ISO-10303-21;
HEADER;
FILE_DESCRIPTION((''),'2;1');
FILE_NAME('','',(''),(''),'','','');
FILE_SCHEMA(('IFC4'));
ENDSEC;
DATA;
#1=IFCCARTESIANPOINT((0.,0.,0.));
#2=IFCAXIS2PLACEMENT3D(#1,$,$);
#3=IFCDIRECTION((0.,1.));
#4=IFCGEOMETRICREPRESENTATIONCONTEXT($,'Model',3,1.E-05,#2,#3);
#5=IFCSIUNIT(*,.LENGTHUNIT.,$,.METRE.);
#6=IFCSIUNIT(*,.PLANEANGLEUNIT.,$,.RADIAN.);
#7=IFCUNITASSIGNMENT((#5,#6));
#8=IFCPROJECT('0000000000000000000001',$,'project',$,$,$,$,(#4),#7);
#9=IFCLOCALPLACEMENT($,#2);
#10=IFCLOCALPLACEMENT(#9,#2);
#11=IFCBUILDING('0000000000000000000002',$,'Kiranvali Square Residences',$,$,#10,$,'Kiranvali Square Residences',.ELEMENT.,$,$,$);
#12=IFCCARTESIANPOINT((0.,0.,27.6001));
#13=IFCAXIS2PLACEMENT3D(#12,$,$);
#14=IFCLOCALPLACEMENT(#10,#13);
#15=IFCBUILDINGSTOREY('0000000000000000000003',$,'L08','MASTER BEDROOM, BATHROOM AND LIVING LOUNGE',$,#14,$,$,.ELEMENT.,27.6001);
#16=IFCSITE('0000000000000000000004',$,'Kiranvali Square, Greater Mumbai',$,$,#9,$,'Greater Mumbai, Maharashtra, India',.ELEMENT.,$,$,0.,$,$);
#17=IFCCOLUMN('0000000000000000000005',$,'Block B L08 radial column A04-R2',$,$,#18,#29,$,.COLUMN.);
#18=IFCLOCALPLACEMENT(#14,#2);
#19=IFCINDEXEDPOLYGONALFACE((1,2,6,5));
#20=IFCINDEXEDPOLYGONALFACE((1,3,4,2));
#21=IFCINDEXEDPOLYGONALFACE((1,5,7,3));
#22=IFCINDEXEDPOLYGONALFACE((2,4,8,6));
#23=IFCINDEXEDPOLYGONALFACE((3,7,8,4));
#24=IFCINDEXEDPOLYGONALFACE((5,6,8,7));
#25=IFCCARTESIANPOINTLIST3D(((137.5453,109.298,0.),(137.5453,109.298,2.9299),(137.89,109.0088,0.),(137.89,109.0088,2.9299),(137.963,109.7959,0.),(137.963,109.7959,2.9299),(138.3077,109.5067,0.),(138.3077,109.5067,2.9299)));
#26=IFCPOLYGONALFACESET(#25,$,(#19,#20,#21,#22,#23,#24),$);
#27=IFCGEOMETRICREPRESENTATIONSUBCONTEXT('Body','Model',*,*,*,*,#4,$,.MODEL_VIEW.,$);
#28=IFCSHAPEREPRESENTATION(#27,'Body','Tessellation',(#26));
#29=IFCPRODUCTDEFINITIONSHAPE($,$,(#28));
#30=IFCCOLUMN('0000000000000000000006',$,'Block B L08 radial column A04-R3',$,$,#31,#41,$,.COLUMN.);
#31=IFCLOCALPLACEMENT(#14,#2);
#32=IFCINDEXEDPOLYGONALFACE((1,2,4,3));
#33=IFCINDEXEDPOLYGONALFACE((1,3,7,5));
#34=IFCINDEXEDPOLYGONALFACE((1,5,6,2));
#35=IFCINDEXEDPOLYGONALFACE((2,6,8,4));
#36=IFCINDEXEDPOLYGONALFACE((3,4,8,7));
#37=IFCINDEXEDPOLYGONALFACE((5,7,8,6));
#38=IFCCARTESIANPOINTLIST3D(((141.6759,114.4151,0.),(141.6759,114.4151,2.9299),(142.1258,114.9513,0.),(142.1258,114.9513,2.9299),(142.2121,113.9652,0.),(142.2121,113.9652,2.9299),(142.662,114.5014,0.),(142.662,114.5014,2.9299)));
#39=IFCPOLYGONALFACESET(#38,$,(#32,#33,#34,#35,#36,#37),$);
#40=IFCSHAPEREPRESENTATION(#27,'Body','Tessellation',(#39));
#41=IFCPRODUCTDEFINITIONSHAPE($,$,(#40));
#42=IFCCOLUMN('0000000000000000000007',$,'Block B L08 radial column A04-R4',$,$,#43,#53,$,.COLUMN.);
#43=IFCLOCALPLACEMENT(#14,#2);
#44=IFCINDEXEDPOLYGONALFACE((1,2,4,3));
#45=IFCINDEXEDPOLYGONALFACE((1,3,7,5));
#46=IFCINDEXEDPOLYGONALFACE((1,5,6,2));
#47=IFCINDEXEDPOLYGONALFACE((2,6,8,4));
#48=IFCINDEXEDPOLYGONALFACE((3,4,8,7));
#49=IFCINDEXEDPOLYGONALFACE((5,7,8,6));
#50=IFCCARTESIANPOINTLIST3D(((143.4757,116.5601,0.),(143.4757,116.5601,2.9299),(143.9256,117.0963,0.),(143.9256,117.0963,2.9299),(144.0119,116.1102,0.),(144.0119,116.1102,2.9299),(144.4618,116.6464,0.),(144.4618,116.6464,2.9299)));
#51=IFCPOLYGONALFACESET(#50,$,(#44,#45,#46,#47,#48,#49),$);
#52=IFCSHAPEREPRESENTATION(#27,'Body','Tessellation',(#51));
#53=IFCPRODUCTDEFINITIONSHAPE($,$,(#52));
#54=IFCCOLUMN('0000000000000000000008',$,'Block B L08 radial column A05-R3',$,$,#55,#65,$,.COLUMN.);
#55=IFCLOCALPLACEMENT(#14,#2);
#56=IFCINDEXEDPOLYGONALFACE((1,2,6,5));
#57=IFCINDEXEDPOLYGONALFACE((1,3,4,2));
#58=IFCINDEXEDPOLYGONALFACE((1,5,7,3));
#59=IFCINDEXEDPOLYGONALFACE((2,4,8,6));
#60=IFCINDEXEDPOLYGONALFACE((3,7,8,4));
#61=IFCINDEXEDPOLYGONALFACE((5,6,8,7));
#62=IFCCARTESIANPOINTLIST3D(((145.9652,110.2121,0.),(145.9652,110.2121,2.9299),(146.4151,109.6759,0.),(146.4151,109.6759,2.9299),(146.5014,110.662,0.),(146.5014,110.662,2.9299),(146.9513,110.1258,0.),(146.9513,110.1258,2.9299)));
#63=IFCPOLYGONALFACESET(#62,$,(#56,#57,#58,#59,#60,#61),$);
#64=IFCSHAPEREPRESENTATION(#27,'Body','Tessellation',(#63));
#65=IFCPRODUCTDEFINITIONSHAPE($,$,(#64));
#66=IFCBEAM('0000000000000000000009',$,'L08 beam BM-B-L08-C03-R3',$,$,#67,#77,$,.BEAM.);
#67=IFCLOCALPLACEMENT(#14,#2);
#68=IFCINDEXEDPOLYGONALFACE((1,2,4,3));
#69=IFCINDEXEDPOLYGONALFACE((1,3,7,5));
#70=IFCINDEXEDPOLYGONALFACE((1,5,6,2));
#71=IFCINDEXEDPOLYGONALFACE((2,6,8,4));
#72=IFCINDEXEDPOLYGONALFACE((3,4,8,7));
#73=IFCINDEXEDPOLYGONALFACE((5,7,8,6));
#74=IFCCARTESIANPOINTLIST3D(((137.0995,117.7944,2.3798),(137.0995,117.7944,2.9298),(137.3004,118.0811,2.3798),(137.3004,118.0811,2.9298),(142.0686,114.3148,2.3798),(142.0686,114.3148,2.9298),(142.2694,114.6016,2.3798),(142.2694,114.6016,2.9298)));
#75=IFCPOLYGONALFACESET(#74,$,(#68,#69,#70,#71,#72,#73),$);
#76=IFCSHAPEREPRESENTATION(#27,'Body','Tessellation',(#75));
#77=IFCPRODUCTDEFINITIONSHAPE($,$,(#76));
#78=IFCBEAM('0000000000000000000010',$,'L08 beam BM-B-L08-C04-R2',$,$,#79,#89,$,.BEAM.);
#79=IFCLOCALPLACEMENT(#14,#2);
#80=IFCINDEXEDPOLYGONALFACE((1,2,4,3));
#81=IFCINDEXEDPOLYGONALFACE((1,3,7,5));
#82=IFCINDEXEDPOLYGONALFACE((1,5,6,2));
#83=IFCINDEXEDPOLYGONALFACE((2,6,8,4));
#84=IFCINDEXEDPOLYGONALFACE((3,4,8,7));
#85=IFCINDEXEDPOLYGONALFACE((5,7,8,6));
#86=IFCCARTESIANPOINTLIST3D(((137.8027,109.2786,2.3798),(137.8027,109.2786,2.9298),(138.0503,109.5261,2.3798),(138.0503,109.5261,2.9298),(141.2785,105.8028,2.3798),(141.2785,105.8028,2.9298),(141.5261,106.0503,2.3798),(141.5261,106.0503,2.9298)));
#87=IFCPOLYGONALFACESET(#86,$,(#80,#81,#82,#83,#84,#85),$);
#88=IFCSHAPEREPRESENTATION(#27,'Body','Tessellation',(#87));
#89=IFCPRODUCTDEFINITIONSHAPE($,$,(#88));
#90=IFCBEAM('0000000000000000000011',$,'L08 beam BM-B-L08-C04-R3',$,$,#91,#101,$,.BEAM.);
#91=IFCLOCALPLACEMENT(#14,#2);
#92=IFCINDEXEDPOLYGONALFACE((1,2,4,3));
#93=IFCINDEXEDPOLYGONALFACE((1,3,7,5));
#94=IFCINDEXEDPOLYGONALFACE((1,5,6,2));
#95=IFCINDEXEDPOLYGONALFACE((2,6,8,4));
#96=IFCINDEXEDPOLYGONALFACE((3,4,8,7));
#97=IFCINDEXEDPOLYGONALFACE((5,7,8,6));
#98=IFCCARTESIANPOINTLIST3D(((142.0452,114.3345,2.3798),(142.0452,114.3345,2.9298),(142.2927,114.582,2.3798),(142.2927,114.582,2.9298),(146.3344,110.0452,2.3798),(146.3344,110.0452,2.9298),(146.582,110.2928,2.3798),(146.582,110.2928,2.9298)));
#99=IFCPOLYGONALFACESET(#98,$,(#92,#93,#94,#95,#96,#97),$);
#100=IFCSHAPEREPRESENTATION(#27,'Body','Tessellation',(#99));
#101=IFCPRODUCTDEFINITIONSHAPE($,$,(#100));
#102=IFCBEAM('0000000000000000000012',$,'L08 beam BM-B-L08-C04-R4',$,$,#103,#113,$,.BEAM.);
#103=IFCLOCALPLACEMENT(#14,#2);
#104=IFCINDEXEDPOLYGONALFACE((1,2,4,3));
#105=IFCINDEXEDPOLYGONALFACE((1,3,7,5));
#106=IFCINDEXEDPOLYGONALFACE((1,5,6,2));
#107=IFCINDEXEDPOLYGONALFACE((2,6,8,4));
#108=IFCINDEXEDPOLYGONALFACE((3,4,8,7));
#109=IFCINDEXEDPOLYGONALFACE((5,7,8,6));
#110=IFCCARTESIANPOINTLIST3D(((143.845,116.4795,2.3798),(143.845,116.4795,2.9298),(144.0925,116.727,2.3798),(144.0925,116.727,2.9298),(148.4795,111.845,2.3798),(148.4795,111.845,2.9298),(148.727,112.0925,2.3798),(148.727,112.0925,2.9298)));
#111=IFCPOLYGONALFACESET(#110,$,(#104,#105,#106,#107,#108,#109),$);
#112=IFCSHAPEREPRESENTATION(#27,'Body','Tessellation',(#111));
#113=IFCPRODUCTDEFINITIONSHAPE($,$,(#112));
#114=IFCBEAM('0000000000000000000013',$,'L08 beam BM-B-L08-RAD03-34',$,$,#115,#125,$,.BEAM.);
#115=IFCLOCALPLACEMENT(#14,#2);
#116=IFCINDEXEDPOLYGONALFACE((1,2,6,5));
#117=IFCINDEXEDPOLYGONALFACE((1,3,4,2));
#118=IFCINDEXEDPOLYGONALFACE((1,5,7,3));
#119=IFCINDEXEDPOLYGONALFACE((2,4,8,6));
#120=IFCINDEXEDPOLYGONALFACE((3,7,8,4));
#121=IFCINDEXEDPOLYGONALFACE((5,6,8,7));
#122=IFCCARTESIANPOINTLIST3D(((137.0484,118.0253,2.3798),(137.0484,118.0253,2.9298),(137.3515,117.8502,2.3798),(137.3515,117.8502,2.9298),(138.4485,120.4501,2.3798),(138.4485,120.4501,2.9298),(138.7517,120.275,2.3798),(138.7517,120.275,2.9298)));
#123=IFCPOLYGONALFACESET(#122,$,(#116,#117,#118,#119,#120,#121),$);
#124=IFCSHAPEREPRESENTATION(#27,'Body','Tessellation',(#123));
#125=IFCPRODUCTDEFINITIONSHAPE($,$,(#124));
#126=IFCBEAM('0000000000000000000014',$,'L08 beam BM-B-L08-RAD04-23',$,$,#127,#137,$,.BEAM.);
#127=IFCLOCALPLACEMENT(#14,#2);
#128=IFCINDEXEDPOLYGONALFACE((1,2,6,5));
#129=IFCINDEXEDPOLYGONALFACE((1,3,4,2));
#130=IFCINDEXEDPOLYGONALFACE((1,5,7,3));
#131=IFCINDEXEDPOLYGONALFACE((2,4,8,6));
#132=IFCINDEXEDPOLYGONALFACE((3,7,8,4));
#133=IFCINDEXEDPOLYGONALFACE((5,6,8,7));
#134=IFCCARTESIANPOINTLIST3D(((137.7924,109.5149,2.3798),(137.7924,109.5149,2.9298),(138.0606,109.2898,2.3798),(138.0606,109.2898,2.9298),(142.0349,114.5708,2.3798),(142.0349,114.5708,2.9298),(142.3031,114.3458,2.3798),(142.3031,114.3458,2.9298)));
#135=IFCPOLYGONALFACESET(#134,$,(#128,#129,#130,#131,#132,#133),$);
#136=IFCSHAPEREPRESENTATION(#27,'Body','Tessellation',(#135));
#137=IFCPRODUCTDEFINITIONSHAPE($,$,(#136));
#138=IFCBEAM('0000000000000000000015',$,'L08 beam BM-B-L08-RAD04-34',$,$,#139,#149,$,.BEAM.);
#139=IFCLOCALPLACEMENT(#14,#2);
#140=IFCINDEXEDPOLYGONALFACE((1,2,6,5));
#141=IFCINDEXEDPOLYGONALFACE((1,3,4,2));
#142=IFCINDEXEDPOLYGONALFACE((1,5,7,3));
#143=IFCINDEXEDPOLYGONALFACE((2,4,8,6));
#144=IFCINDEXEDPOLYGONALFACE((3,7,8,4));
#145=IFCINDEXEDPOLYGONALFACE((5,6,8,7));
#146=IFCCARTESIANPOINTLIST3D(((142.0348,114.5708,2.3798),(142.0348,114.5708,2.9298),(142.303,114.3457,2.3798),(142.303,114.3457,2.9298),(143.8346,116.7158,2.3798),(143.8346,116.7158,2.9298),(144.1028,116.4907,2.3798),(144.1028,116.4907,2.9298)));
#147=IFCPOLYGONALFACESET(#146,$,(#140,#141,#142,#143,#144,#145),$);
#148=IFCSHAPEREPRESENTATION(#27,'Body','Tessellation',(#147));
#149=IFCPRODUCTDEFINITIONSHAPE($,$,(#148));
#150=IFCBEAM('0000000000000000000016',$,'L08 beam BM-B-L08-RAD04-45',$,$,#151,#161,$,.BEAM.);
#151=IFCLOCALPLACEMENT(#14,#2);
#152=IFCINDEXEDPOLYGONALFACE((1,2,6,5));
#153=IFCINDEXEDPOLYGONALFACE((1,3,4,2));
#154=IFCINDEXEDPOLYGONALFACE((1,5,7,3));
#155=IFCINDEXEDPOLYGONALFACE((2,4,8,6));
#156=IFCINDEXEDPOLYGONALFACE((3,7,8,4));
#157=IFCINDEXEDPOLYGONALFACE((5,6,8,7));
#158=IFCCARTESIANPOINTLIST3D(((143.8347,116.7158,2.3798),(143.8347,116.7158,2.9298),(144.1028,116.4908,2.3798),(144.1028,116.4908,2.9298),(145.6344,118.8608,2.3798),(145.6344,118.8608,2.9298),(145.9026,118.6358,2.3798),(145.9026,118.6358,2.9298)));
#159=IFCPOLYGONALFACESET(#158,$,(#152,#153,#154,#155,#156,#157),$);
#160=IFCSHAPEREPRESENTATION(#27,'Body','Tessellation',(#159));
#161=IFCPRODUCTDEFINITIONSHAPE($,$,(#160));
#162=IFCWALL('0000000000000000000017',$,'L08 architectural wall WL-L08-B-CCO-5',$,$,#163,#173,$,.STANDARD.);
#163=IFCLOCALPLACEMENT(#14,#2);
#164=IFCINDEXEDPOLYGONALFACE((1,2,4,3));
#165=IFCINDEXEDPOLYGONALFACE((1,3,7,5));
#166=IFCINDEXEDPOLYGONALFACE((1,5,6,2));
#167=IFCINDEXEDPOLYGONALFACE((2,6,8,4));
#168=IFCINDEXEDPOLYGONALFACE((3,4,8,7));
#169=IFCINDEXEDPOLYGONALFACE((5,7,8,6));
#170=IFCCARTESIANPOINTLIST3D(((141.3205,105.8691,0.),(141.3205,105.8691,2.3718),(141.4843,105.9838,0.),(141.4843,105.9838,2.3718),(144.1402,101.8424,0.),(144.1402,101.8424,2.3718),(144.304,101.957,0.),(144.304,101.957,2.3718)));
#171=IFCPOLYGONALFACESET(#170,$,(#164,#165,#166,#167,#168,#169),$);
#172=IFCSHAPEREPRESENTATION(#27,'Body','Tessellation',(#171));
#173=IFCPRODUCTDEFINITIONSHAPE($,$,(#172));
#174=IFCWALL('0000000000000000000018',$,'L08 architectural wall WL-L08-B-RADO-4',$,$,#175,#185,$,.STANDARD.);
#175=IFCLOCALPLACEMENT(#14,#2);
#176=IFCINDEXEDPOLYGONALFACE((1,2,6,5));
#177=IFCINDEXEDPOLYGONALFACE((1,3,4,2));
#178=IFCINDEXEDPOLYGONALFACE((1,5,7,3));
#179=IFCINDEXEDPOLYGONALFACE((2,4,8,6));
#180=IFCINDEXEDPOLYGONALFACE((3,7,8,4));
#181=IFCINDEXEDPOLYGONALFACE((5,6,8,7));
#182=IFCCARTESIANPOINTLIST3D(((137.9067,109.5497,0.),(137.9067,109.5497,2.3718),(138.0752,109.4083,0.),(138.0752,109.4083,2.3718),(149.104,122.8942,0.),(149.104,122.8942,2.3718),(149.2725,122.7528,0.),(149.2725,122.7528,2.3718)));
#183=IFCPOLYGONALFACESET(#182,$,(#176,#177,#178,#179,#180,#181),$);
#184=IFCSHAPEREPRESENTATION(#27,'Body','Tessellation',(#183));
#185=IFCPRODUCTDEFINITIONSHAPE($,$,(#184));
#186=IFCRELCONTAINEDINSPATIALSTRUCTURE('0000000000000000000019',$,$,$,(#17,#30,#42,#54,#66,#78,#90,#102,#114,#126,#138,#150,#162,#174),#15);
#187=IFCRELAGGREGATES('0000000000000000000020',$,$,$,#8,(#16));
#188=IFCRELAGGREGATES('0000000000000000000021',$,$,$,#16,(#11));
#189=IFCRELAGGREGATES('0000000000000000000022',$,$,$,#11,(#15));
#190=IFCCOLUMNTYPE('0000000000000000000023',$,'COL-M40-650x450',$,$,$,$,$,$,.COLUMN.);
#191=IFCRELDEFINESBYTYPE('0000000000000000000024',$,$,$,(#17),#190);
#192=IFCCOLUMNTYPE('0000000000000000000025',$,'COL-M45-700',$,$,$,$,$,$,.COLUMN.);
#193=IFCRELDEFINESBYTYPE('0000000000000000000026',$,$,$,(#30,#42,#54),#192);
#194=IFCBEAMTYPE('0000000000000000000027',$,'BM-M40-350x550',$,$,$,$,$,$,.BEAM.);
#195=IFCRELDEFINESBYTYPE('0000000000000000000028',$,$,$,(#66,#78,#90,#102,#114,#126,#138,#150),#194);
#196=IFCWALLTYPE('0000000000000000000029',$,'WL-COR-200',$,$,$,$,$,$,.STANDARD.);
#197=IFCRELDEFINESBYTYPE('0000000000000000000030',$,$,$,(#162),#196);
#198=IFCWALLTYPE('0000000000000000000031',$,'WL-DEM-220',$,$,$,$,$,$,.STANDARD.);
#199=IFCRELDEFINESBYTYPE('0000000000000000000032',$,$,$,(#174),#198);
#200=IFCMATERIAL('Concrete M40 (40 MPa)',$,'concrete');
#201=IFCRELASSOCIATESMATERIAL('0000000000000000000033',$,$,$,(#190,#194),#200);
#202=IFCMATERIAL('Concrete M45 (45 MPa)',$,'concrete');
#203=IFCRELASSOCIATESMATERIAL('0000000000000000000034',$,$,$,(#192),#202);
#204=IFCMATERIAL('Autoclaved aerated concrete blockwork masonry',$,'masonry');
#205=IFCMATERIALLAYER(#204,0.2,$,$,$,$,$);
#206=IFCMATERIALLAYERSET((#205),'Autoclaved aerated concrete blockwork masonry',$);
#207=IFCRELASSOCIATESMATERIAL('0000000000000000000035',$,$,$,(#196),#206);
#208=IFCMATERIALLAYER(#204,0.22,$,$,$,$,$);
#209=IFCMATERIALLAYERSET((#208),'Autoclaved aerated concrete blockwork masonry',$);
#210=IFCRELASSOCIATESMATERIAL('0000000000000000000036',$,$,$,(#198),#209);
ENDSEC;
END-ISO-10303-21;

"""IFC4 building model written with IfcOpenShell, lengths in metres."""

from ifc_helpers import new_model, si_unit, direction, frame, frame_2d, origin, origin_2d, place, context, subcontext, project, spatial, rectangle, extrude, material, layer, layer_set, material_profile, profile_set, type_object, element, save


model = new_model("IFC4")

# Units and contexts
model_context = context("Model", 3, precision=1e-05, world=origin(), true_north=direction((0.0, 1.0)))
body_context = subcontext(model_context, "Body", "Model", "MODEL_VIEW")
ifc_project = project(units=[si_unit("LENGTHUNIT", "METRE"), si_unit("PLANEANGLEUNIT", "RADIAN")], contexts=[model_context])

# Site, building, storey
site_placement = place(None, origin())
site = spatial("IfcSite", under=ifc_project, at=site_placement, Name="Kiranvali Square, Greater Mumbai", LongName="Greater Mumbai, Maharashtra, India", CompositionType="ELEMENT", RefElevation=0.0)
building_placement = place(site_placement, origin())
building = spatial("IfcBuilding", under=site, at=building_placement, Name="Kiranvali Square Residences", LongName="Kiranvali Square Residences", CompositionType="ELEMENT")
storey_placement = place(building_placement, frame((0.0, 0.0, 27.6001)))
storey = spatial("IfcBuildingStorey", under=building, at=storey_placement, Name="L08", Description="MASTER BEDROOM, BATHROOM AND LIVING LOUNGE", CompositionType="ELEMENT", Elevation=27.6001)

# Columns
ifc_material_1 = material(Name="Concrete M40 (40 MPa)", Category="concrete")
ifc_material_profile_1 = material_profile(ifc_material_1, rectangle(XDim=0.45, YDim=0.6499, at=origin_2d()), Name="RC 650x450")
ifc_profile_set_1 = profile_set([ifc_material_profile_1], Name="Concrete M40 (40 MPa)")
column_type_1 = type_object("IfcColumnType", Name="COL-M40-650x450", PredefinedType="COLUMN", material=ifc_profile_set_1)
column_placement = place(storey_placement, frame((137.9265, 109.4023, 0.0), z_axis=(0.0, 0.0, 1.0), x_axis=(-0.766044, 0.642788, 0.0)))
element("IfcColumn", 1, at=column_placement, inside=storey, type_object=column_type_1, Name="Block B L08 radial column A04-R2", PredefinedType="COLUMN", context=body_context, shape_type="SweptSolid", body=[
    extrude(rectangle(XDim=0.45, YDim=0.6499, at=origin_2d()), origin(), (0.0, 0.0, 1.0), 2.9299),
])
ifc_material_2 = material(Name="Concrete M45 (45 MPa)", Category="concrete")
ifc_material_profile_2 = material_profile(ifc_material_2, rectangle(XDim=0.7, YDim=0.7, at=origin_2d()), Name="RC 700x700")
ifc_profile_set_2 = profile_set([ifc_material_profile_2], Name="Concrete M45 (45 MPa)")
column_type_2 = type_object("IfcColumnType", Name="COL-M45-700", PredefinedType="COLUMN", material=ifc_profile_set_2)
for number, where, z_axis, x_axis, name in (
    (2, (142.1689, 114.4583, 0.0), (0.0, 0.0, 1.0), (-0.766044, 0.642788, 0.0), "Block B L08 radial column A04-R3"),
    (3, (143.9688, 116.6033, 0.0), (0.0, 0.0, 1.0), (-0.766044, 0.642788, 0.0), "Block B L08 radial column A04-R4"),
    (4, (146.4583, 110.1689, 0.0), (0.0, 0.0, 1.0), (-0.642788, 0.766044, 0.0), "Block B L08 radial column A05-R3"),
):
    element("IfcColumn", number, at=place(storey_placement, frame(where, z_axis=z_axis, x_axis=x_axis)), inside=storey, type_object=column_type_2, Name=name, PredefinedType="COLUMN", context=body_context, shape_type="SweptSolid", body=[
        extrude(rectangle(XDim=0.7, YDim=0.7, at=origin_2d()), origin(), (0.0, 0.0, 1.0), 2.9299),
    ])

# Beams
ifc_material_profile_3 = material_profile(ifc_material_1, rectangle(XDim=0.3501, YDim=0.55, at=origin_2d()), Name="RC 350x550")
ifc_profile_set_3 = profile_set([ifc_material_profile_3], Name="Concrete M40 (40 MPa)")
beam_type = type_object("IfcBeamType", Name="BM-M40-350x550", PredefinedType="BEAM", material=ifc_profile_set_3)
beam_1_placement = place(storey_placement, frame((137.2, 117.9377, 2.6548), z_axis=(0.819139, -0.573595, 0.0), x_axis=(0.573595, 0.819139, 0.0)))
element("IfcBeam", 5, at=beam_1_placement, inside=storey, type_object=beam_type, Name="L08 beam BM-B-L08-C03-R3", PredefinedType="BEAM", context=body_context, shape_type="SweptSolid", body=[
    extrude(rectangle(XDim=0.3501, YDim=0.55, at=origin_2d()), origin(), (0.0, 0.0, 1.0), 6.0662),
])
beam_2_placement = place(storey_placement, frame((137.9265, 109.4023, 2.6548), z_axis=(0.707107, -0.707107, 0.0), x_axis=(0.707107, 0.707107, 0.0)))
element("IfcBeam", 6, at=beam_2_placement, inside=storey, type_object=beam_type, Name="L08 beam BM-B-L08-C04-R2", PredefinedType="BEAM", context=body_context, shape_type="SweptSolid", body=[
    extrude(rectangle(XDim=0.3501, YDim=0.55, at=origin_2d()), origin(), (0.0, 0.0, 1.0), 4.9155),
])
beam_3_placement = place(storey_placement, frame((142.1689, 114.4583, 2.6548), z_axis=(0.707107, -0.707107, 0.0), x_axis=(0.707107, 0.707107, 0.0)))
element("IfcBeam", 7, at=beam_3_placement, inside=storey, type_object=beam_type, Name="L08 beam BM-B-L08-C04-R3", PredefinedType="BEAM", context=body_context, shape_type="SweptSolid", body=[
    extrude(rectangle(XDim=0.3501, YDim=0.55, at=origin_2d()), origin(), (0.0, 0.0, 1.0), 6.0659),
])
beam_4_placement = place(storey_placement, frame((143.9688, 116.6033, 2.6548), z_axis=(0.707107, -0.707107, 0.0), x_axis=(0.707107, 0.707107, 0.0)))
element("IfcBeam", 8, at=beam_4_placement, inside=storey, type_object=beam_type, Name="L08 beam BM-B-L08-C04-R4", PredefinedType="BEAM", context=body_context, shape_type="SweptSolid", body=[
    extrude(rectangle(XDim=0.3501, YDim=0.55, at=origin_2d()), origin(), (0.0, 0.0, 1.0), 6.5542),
])
beam_5_placement = place(storey_placement, frame((137.2, 117.9377, 2.6548), z_axis=(0.50005, 0.865997, 0.0), x_axis=(-0.865997, 0.50005, 0.0)))
element("IfcBeam", 9, at=beam_5_placement, inside=storey, type_object=beam_type, Name="L08 beam BM-B-L08-RAD03-34", PredefinedType="BEAM", context=body_context, shape_type="SweptSolid", body=[
    extrude(rectangle(XDim=0.3501, YDim=0.55, at=origin_2d()), origin(), (0.0, 0.0, 1.0), 2.8),
])
beam_6_placement = place(storey_placement, frame((137.9265, 109.4023, 2.6548), z_axis=(0.642789, 0.766043, 0.0), x_axis=(-0.766043, 0.642789, 0.0)))
element("IfcBeam", 10, at=beam_6_placement, inside=storey, type_object=beam_type, Name="L08 beam BM-B-L08-RAD04-23", PredefinedType="BEAM", context=body_context, shape_type="SweptSolid", body=[
    extrude(rectangle(XDim=0.3501, YDim=0.55, at=origin_2d()), origin(), (0.0, 0.0, 1.0), 6.6001),
])
for number, where, z_axis, x_axis, name in (
    (11, (142.1689, 114.4583, 2.6548), (0.642771, 0.766059, 0.0), (-0.766059, 0.642771, 0.0), "L08 beam BM-B-L08-RAD04-34"),
    (12, (143.9688, 116.6033, 2.6548), (0.642771, 0.766059, 0.0), (-0.766059, 0.642771, 0.0), "L08 beam BM-B-L08-RAD04-45"),
):
    element("IfcBeam", number, at=place(storey_placement, frame(where, z_axis=z_axis, x_axis=x_axis)), inside=storey, type_object=beam_type, Name=name, PredefinedType="BEAM", context=body_context, shape_type="SweptSolid", body=[
        extrude(rectangle(XDim=0.3501, YDim=0.55, at=origin_2d()), origin(), (0.0, 0.0, 1.0), 2.8),
    ])

# Shared definitions
ifc_material_3 = material(Name="Autoclaved aerated concrete blockwork masonry", Category="masonry")
ifc_layer_1 = layer(ifc_material_3, 0.2)
ifc_layer_set_1 = layer_set([ifc_layer_1], Name="Autoclaved aerated concrete blockwork masonry")
wall_type_1 = type_object("IfcWallType", Name="WL-COR-200", PredefinedType="STANDARD", material=ifc_layer_set_1)

# Walls
wall_1_placement = place(storey_placement, frame((141.4023, 105.9265, 0.0), z_axis=(0.0, 0.0, 1.0), x_axis=(0.573592, -0.819141, 0.0)))
element("IfcWall", 13, at=wall_1_placement, inside=storey, type_object=wall_type_1, Name="L08 architectural wall WL-L08-B-CCO-5", PredefinedType="STANDARD", context=body_context, shape_type="SweptSolid", body=[
    extrude(rectangle(XDim=4.9158, YDim=0.2, at=frame_2d((2.458, 0.0))), origin(), (0.0, 0.0, 1.0), 2.3718),
])
ifc_layer_2 = layer(ifc_material_3, 0.22)
ifc_layer_set_2 = layer_set([ifc_layer_2], Name="Autoclaved aerated concrete blockwork masonry")
wall_type_2 = type_object("IfcWallType", Name="WL-DEM-220", PredefinedType="STANDARD", material=ifc_layer_set_2)
wall_2_placement = place(storey_placement, frame((137.991, 109.479, 0.0), z_axis=(0.0, 0.0, 1.0), x_axis=(0.642785, 0.766047, 0.0)))
element("IfcWall", 14, at=wall_2_placement, inside=storey, type_object=wall_type_2, Name="L08 architectural wall WL-L08-B-RADO-4", PredefinedType="STANDARD", context=body_context, shape_type="SweptSolid", body=[
    extrude(rectangle(XDim=17.4199, YDim=0.22, at=frame_2d((8.71, 0.0))), origin(), (0.0, 0.0, 1.0), 2.3718),
])

save(model, "model.ifc")
